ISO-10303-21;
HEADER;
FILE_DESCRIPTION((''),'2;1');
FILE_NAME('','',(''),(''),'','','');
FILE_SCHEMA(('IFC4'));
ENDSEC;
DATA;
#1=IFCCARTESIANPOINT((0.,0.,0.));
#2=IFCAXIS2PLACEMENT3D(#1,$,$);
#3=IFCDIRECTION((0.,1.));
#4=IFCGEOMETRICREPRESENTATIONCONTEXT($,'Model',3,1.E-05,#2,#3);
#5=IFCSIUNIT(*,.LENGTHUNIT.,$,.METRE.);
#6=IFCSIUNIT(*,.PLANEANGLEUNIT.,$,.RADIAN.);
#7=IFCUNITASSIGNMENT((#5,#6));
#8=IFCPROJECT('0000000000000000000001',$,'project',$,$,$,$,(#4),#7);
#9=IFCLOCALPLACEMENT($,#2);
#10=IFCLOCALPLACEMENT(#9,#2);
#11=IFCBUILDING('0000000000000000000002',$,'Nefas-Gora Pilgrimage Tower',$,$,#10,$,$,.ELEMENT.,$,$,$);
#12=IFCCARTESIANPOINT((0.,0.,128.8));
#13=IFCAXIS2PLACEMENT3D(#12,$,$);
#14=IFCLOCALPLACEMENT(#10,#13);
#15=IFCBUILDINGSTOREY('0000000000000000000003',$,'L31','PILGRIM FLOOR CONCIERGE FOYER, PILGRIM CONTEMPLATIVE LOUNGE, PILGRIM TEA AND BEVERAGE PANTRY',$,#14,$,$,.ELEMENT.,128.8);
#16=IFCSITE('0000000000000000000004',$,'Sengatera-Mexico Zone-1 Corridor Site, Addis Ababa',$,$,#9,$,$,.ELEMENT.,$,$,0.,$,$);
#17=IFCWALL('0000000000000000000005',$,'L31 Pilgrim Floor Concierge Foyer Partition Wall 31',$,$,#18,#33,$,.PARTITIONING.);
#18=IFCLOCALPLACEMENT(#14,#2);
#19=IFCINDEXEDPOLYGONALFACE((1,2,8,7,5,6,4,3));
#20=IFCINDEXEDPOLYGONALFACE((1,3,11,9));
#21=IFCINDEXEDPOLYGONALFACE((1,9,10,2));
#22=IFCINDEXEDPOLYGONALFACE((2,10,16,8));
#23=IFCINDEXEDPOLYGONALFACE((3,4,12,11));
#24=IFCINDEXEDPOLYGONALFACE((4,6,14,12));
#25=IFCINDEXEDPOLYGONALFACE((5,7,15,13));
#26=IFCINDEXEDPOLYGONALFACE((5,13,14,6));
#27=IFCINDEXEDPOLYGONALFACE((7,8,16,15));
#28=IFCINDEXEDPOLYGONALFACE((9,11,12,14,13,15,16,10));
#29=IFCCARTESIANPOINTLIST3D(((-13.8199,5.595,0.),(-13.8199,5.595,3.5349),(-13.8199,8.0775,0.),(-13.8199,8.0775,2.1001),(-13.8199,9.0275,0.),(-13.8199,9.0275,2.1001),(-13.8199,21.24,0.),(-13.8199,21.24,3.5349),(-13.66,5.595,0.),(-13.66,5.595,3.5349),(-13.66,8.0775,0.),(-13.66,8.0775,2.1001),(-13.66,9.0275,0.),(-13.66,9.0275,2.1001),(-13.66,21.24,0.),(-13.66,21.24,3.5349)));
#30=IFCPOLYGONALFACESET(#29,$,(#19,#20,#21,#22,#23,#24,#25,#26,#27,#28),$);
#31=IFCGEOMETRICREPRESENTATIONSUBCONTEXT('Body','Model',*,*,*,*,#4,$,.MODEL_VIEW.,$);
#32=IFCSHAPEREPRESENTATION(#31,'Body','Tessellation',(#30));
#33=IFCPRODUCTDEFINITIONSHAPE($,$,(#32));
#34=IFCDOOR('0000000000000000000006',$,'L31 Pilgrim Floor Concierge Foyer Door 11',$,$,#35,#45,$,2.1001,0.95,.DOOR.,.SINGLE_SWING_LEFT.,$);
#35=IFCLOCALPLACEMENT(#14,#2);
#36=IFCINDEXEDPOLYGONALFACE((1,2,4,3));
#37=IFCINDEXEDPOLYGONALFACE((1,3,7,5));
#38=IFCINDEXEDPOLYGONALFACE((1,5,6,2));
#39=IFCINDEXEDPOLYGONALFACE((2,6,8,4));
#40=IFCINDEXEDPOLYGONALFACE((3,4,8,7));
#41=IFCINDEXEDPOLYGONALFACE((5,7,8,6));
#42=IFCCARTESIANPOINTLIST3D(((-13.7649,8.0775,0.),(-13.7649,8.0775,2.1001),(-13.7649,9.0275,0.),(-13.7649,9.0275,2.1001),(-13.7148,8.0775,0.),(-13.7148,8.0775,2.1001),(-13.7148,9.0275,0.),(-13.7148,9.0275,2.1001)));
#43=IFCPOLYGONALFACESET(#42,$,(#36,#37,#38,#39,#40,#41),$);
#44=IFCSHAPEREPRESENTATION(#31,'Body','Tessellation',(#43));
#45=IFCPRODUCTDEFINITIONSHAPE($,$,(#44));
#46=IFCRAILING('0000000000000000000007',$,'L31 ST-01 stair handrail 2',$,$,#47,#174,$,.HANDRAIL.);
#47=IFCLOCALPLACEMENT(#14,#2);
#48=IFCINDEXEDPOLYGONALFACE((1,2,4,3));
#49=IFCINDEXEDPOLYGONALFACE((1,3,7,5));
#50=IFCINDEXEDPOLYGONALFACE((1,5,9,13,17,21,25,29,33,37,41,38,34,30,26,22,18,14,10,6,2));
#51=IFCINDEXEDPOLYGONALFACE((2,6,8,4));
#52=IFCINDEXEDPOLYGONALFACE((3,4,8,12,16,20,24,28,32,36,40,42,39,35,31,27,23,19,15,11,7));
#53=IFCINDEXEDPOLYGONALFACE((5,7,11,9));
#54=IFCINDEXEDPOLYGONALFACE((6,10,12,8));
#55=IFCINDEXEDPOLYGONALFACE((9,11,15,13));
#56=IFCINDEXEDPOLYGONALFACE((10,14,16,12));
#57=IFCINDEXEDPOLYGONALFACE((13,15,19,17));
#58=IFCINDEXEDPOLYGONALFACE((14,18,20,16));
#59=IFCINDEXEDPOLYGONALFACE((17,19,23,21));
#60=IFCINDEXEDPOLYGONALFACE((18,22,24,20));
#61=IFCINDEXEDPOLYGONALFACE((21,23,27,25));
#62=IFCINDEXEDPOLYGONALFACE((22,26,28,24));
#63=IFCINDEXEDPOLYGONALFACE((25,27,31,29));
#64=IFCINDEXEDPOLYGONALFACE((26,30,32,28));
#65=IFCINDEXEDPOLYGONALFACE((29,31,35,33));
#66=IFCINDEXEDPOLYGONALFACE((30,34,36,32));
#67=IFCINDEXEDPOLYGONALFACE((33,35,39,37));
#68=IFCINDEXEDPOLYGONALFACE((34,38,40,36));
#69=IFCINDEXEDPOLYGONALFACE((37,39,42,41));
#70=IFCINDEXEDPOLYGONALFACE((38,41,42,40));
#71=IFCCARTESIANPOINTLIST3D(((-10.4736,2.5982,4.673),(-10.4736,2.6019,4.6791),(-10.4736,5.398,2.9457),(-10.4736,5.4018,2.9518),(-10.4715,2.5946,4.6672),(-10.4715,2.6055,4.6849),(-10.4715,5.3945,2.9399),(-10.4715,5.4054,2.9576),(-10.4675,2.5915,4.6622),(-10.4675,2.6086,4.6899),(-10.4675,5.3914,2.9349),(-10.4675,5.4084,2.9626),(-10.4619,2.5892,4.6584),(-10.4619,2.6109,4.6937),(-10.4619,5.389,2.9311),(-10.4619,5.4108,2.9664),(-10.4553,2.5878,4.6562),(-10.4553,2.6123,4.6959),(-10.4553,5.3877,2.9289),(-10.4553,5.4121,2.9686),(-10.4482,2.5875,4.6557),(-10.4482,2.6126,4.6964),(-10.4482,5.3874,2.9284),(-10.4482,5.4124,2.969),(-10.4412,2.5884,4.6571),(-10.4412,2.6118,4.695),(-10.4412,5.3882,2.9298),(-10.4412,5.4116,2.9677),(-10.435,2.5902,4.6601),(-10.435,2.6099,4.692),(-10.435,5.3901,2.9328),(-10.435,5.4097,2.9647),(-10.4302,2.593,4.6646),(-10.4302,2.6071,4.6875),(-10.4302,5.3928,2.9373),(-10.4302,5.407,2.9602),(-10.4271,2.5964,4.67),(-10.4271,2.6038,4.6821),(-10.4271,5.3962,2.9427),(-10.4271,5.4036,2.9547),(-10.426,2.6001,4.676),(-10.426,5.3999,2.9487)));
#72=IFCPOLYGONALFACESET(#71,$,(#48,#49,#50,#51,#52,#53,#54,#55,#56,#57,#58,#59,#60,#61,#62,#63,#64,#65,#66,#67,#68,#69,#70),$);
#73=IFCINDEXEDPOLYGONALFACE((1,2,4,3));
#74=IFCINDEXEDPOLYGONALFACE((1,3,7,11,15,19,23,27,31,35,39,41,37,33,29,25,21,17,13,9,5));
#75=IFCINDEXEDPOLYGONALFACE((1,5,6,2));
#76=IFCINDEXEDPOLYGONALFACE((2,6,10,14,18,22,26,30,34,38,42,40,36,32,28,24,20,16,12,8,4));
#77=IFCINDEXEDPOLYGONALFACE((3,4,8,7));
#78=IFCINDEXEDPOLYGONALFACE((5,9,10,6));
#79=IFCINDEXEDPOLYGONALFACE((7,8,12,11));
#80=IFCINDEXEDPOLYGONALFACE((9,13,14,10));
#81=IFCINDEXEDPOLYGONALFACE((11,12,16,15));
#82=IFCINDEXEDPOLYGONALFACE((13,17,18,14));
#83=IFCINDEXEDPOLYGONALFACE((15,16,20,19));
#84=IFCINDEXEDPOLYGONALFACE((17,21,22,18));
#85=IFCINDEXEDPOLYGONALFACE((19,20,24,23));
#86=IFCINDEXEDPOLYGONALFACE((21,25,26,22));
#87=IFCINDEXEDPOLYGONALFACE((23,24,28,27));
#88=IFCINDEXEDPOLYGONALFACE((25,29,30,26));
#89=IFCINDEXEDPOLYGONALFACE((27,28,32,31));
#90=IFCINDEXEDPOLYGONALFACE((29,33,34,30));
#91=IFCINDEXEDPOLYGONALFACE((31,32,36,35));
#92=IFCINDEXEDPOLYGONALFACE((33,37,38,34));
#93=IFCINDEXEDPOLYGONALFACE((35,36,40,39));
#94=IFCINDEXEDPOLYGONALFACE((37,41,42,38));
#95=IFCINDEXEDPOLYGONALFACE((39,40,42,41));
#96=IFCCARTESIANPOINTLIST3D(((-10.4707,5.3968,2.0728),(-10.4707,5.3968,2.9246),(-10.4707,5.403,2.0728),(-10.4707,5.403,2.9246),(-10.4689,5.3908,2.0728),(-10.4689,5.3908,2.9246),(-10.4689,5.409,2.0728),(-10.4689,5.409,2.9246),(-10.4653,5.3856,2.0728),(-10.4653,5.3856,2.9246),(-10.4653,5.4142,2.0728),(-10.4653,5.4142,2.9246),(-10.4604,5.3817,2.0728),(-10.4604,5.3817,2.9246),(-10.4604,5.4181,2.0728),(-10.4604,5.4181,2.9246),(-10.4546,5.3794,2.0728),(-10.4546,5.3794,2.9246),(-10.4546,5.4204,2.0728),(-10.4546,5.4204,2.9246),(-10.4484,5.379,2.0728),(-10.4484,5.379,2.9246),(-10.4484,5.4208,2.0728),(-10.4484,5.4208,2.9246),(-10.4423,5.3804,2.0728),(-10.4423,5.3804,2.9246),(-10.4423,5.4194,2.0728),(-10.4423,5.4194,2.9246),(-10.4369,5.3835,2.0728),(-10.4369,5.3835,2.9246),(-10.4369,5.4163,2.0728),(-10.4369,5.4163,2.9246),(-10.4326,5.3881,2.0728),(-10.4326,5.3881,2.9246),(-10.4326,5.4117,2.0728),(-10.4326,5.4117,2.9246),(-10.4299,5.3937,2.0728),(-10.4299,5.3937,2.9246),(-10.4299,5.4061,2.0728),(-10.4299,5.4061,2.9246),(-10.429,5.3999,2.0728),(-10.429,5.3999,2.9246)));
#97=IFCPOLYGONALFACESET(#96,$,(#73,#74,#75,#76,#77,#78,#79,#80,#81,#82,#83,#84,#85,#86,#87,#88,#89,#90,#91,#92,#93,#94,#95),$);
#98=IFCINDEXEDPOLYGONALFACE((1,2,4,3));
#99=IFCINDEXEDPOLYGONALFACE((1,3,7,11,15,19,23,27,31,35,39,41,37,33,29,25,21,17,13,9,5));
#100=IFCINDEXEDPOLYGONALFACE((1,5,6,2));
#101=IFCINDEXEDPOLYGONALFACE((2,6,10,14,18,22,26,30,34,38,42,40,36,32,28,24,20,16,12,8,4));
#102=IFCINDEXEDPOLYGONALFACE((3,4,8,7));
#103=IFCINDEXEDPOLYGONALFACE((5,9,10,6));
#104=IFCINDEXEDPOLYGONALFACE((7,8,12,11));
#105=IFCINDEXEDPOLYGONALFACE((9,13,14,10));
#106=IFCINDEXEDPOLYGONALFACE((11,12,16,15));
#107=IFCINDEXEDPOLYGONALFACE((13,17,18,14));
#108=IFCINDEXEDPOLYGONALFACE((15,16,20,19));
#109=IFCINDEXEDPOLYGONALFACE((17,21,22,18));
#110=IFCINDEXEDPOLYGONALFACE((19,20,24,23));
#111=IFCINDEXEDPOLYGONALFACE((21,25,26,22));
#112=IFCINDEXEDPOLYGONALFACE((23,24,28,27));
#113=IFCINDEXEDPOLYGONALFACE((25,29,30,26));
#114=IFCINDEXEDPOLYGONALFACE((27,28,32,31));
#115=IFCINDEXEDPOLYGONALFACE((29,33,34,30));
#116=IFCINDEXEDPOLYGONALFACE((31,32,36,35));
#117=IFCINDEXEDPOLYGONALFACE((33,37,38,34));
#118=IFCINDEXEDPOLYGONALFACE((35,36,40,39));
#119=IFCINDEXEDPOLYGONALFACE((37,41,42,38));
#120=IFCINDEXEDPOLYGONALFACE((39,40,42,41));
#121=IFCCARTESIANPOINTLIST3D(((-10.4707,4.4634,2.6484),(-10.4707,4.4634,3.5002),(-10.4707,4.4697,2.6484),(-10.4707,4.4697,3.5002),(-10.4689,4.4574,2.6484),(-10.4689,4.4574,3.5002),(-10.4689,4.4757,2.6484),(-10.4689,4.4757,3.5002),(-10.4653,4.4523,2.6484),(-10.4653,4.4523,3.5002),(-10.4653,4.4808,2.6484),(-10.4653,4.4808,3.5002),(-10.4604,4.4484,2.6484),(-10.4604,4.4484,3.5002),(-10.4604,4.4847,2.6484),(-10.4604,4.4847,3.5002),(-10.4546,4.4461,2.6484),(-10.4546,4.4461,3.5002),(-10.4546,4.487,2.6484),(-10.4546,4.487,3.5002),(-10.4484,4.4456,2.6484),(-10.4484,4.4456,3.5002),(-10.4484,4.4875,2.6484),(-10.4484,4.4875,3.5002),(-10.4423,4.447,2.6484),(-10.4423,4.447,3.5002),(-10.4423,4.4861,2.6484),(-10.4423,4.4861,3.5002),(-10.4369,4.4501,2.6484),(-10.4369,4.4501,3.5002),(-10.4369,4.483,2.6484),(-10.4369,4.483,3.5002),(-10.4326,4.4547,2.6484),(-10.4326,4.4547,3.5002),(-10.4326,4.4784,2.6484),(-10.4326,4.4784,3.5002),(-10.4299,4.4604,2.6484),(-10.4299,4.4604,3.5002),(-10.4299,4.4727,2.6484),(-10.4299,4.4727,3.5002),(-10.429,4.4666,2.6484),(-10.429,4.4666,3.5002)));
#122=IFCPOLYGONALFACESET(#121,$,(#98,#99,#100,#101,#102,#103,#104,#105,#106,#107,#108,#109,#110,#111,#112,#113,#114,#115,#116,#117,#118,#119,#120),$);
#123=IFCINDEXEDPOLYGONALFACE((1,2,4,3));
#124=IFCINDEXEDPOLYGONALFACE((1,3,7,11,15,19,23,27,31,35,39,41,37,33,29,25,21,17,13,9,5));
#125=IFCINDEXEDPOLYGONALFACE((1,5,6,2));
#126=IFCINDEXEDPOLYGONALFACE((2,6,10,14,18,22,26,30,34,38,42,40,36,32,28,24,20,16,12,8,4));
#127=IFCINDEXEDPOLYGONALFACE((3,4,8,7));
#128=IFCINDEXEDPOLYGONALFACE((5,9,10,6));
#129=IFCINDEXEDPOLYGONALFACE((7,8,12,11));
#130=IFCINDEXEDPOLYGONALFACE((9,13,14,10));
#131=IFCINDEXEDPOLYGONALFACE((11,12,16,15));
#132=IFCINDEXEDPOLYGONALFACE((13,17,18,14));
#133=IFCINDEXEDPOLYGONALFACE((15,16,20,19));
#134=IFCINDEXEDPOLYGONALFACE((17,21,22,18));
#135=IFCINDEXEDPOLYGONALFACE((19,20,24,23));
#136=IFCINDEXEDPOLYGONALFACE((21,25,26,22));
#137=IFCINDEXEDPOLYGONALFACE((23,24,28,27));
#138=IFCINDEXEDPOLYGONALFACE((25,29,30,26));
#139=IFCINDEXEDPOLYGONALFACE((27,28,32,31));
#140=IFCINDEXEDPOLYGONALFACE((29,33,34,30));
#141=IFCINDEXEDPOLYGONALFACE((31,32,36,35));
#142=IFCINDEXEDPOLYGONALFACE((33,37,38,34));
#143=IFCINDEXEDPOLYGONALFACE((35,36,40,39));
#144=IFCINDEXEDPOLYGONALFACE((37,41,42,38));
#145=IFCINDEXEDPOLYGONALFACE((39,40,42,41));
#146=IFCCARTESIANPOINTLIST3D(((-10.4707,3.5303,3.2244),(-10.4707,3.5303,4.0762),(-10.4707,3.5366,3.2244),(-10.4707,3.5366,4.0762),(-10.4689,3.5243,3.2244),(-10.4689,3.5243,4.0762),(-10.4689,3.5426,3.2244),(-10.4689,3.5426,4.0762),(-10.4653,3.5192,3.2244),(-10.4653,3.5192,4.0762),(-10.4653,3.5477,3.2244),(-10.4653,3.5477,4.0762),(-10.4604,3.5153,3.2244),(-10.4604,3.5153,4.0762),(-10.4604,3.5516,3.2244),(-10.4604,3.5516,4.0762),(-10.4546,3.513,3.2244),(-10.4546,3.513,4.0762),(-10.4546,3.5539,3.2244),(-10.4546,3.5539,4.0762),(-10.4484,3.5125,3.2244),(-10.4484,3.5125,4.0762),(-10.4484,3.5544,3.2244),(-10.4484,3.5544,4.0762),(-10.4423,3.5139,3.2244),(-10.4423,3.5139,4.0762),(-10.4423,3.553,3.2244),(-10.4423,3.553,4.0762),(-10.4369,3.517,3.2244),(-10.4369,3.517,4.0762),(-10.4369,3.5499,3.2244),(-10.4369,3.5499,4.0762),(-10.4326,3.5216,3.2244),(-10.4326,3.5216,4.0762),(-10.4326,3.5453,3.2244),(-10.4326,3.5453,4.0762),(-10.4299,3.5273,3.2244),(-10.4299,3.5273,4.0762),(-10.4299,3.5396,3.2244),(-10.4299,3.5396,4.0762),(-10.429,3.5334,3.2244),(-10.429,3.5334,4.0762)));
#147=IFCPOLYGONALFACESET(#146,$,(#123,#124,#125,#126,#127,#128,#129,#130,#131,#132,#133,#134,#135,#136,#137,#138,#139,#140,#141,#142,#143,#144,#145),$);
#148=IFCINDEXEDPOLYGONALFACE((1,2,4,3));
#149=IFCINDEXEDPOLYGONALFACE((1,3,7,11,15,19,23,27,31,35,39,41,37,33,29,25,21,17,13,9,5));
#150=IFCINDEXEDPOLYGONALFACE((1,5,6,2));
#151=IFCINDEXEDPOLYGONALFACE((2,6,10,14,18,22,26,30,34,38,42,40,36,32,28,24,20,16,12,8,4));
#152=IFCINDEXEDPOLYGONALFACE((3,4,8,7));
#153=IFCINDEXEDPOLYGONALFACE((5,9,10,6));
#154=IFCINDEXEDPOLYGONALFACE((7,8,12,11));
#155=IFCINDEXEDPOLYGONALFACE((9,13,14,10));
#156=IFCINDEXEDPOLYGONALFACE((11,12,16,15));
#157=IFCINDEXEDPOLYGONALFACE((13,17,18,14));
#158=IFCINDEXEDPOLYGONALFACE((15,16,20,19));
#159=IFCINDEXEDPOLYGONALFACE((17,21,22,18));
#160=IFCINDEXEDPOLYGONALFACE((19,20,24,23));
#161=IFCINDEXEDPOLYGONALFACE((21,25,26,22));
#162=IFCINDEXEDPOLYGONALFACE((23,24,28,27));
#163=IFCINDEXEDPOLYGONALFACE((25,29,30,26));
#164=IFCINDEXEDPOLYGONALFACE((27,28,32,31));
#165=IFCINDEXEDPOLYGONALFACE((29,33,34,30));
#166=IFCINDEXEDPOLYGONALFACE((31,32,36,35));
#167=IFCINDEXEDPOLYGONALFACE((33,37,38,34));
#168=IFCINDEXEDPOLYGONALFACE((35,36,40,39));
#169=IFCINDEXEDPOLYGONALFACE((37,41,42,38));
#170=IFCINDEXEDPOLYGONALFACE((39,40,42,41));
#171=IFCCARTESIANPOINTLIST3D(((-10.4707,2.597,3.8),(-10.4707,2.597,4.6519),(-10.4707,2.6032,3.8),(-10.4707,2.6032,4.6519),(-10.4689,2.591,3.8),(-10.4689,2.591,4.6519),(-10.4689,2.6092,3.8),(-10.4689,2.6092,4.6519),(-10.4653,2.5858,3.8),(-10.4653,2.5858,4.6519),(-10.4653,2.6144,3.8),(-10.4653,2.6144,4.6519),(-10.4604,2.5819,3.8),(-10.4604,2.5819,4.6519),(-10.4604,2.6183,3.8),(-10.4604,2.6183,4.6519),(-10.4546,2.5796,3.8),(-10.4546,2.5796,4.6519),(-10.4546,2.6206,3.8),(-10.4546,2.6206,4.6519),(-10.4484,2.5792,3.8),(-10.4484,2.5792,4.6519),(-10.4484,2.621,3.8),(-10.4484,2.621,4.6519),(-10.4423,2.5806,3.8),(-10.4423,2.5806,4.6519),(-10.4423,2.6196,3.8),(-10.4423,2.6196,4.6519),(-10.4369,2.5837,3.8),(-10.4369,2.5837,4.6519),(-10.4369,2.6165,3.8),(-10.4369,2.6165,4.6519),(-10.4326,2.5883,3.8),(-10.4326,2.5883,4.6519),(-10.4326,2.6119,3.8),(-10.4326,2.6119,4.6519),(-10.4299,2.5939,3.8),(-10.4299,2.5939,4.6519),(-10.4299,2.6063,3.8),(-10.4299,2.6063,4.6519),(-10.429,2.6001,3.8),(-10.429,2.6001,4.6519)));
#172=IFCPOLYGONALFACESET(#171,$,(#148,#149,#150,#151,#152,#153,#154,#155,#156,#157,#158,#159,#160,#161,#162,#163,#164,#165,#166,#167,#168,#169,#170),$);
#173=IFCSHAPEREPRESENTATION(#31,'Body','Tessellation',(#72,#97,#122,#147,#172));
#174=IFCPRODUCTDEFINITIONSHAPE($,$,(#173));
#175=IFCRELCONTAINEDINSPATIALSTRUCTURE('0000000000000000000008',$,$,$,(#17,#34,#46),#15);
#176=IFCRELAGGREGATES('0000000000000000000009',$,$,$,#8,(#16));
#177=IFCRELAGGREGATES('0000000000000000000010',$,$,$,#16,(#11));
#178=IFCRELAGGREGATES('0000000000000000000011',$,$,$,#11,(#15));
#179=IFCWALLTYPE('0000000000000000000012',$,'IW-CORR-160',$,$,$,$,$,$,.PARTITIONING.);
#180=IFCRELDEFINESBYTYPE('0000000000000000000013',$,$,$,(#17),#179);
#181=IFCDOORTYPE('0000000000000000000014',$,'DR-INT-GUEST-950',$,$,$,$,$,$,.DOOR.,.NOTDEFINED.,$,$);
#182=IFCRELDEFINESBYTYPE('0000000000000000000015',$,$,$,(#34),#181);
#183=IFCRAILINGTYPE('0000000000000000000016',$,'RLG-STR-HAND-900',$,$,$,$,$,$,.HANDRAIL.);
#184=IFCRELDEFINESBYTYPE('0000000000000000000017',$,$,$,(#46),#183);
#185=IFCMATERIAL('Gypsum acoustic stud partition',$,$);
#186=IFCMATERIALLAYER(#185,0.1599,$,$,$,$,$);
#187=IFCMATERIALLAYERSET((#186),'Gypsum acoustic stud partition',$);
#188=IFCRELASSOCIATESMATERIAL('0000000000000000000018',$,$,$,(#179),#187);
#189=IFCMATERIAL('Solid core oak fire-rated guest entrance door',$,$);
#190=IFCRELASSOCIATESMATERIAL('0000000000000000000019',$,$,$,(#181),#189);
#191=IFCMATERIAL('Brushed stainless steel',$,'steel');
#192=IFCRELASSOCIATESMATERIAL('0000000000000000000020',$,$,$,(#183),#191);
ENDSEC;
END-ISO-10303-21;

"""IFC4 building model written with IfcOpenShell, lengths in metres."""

from ifc_helpers import new_model, si_unit, direction, frame, frame_2d, origin, origin_2d, place, context, subcontext, project, spatial, rectangle, circle, extrude, source, transform, mapped, material, layer, layer_set, type_object, element, fill, save


model = new_model("IFC4")

# Units and contexts
model_context = context("Model", 3, precision=1e-05, world=origin(), true_north=direction((0.0, 1.0)))
body_context = subcontext(model_context, "Body", "Model", "MODEL_VIEW")
ifc_project = project(units=[si_unit("LENGTHUNIT", "METRE"), si_unit("PLANEANGLEUNIT", "RADIAN")], contexts=[model_context])

# Site, building, storey
site_placement = place(None, origin())
site = spatial("IfcSite", under=ifc_project, at=site_placement, Name="Sengatera-Mexico Zone-1 Corridor Site, Addis Ababa", CompositionType="ELEMENT", RefElevation=0.0)
building_placement = place(site_placement, origin())
building = spatial("IfcBuilding", under=site, at=building_placement, Name="Nefas-Gora Pilgrimage Tower", CompositionType="ELEMENT")
storey_placement = place(building_placement, frame((0.0, 0.0, 128.8)))
storey = spatial("IfcBuildingStorey", under=building, at=storey_placement, Name="L31", Description="PILGRIM FLOOR CONCIERGE FOYER, PILGRIM CONTEMPLATIVE LOUNGE, PILGRIM TEA AND BEVERAGE PANTRY", CompositionType="ELEMENT", Elevation=128.8)

# Shared definitions
ifc_material_1 = material(Name="Gypsum acoustic stud partition")
ifc_layer_1 = layer(ifc_material_1, 0.1599)
ifc_layer_set_1 = layer_set([ifc_layer_1], Name="Gypsum acoustic stud partition")
wall_type_1 = type_object("IfcWallType", Name="IW-CORR-160", PredefinedType="PARTITIONING", material=ifc_layer_set_1)
ifc_material_2 = material(Name="Solid core oak fire-rated guest entrance door")
door_type = type_object("IfcDoorType", Name="DR-INT-GUEST-950", OperationType="NOTDEFINED", PredefinedType="DOOR", material=ifc_material_2)
shared_shape_1 = source(origin(), body_context, "Body", "SweptSolid", [
    extrude(rectangle(XDim=0.95, YDim=2.1001, at=frame_2d((0.4751, 1.05))), frame((0.0, 0.0249, 0.0), z_axis=(0.0, -1.0, 0.0), x_axis=(1.0, 0.0, 0.0)), (0.0, 0.0, 1.0), 0.05),
])

# Wall, opening, door
shared_shape_2 = source(origin(), body_context, "Body", "SweptSolid", [
    extrude(rectangle(XDim=15.645, YDim=0.1599, at=frame_2d((7.8225, 0.0))), origin(), (0.0, 0.0, 1.0), 3.5349),
])
wall_1_placement = place(storey_placement, frame((-13.74, 5.595, 0.0), z_axis=(0.0, 0.0, 1.0), x_axis=(0.0, 1.0, 0.0)))
wall_1 = element("IfcWall", 1, at=wall_1_placement, inside=storey, type_object=wall_type_1, Name="L31 Pilgrim Floor Concierge Foyer Partition Wall 31", PredefinedType="PARTITIONING", context=body_context, shape_type="MappedRepresentation", body=[
    mapped(shared_shape_2, transform((0.0, 0.0, 0.0), x_axis=(1.0, 0.0, 0.0), y_axis=(0.0, 1.0, 0.0), z_axis=(0.0, 0.0, 1.0), scale=1.0)),
])
opening_1_placement = place(wall_1_placement, frame((2.4824, 0.0, 0.0)))
opening_1 = element("IfcOpeningElement", 2, at=opening_1_placement, cuts=wall_1, PredefinedType="OPENING", context=body_context, shape_type="SweptSolid", body=[
    extrude(rectangle(XDim=0.95, YDim=2.1001, at=frame_2d((0.4751, 1.05))), frame((0.0, 0.0898, 0.0), z_axis=(0.0, -1.0, 0.0), x_axis=(1.0, 0.0, 0.0)), (0.0, 0.0, 1.0), 0.1799),
])
door_1_placement = place(opening_1_placement, origin())
door_1 = element("IfcDoor", 3, at=door_1_placement, inside=storey, type_object=door_type, Name="L31 Pilgrim Floor Concierge Foyer Door 11", OperationType="SINGLE_SWING_LEFT", OverallHeight=2.1001, OverallWidth=0.95, PredefinedType="DOOR", context=body_context, shape_type="MappedRepresentation", body=[
    mapped(shared_shape_1, transform((0.0, 0.0, 0.0), x_axis=(1.0, 0.0, 0.0), y_axis=(0.0, 1.0, 0.0), z_axis=(0.0, 0.0, 1.0), scale=1.0)),
])
fill(opening_1, door_1)

# Railing
ifc_material_3 = material(Name="Brushed stainless steel", Category="steel")
railing_type = type_object("IfcRailingType", Name="RLG-STR-HAND-900", PredefinedType="HANDRAIL", material=ifc_material_3)
railing_placement = place(storey_placement, frame((-10.45, 5.3999, 2.0728)))
element("IfcRailing", 4, at=railing_placement, inside=storey, type_object=railing_type, Name="L31 ST-01 stair handrail 2", PredefinedType="HANDRAIL", context=body_context, shape_type="SweptSolid", body=[
    extrude(circle(Radius=0.0239, at=origin_2d()), frame((0.0, 0.0, 0.876), z_axis=(0.0, -0.851069, 0.525054), x_axis=(1.0, 0.0, 0.0)), (0.0, 0.0, 1.0), 3.2898),
    extrude(circle(Radius=0.021, at=origin_2d()), origin(), (0.0, 0.0, 1.0), 0.8518),
    extrude(circle(Radius=0.021, at=origin_2d()), frame((0.0, -0.9333, 0.5757)), (0.0, 0.0, 1.0), 0.8518),
    extrude(circle(Radius=0.021, at=origin_2d()), frame((0.0, -1.8665, 1.1516)), (0.0, 0.0, 1.0), 0.8518),
    extrude(circle(Radius=0.021, at=origin_2d()), frame((0.0, -2.7998, 1.7273)), (0.0, 0.0, 1.0), 0.8518),
])

save(model, "model.ifc")
